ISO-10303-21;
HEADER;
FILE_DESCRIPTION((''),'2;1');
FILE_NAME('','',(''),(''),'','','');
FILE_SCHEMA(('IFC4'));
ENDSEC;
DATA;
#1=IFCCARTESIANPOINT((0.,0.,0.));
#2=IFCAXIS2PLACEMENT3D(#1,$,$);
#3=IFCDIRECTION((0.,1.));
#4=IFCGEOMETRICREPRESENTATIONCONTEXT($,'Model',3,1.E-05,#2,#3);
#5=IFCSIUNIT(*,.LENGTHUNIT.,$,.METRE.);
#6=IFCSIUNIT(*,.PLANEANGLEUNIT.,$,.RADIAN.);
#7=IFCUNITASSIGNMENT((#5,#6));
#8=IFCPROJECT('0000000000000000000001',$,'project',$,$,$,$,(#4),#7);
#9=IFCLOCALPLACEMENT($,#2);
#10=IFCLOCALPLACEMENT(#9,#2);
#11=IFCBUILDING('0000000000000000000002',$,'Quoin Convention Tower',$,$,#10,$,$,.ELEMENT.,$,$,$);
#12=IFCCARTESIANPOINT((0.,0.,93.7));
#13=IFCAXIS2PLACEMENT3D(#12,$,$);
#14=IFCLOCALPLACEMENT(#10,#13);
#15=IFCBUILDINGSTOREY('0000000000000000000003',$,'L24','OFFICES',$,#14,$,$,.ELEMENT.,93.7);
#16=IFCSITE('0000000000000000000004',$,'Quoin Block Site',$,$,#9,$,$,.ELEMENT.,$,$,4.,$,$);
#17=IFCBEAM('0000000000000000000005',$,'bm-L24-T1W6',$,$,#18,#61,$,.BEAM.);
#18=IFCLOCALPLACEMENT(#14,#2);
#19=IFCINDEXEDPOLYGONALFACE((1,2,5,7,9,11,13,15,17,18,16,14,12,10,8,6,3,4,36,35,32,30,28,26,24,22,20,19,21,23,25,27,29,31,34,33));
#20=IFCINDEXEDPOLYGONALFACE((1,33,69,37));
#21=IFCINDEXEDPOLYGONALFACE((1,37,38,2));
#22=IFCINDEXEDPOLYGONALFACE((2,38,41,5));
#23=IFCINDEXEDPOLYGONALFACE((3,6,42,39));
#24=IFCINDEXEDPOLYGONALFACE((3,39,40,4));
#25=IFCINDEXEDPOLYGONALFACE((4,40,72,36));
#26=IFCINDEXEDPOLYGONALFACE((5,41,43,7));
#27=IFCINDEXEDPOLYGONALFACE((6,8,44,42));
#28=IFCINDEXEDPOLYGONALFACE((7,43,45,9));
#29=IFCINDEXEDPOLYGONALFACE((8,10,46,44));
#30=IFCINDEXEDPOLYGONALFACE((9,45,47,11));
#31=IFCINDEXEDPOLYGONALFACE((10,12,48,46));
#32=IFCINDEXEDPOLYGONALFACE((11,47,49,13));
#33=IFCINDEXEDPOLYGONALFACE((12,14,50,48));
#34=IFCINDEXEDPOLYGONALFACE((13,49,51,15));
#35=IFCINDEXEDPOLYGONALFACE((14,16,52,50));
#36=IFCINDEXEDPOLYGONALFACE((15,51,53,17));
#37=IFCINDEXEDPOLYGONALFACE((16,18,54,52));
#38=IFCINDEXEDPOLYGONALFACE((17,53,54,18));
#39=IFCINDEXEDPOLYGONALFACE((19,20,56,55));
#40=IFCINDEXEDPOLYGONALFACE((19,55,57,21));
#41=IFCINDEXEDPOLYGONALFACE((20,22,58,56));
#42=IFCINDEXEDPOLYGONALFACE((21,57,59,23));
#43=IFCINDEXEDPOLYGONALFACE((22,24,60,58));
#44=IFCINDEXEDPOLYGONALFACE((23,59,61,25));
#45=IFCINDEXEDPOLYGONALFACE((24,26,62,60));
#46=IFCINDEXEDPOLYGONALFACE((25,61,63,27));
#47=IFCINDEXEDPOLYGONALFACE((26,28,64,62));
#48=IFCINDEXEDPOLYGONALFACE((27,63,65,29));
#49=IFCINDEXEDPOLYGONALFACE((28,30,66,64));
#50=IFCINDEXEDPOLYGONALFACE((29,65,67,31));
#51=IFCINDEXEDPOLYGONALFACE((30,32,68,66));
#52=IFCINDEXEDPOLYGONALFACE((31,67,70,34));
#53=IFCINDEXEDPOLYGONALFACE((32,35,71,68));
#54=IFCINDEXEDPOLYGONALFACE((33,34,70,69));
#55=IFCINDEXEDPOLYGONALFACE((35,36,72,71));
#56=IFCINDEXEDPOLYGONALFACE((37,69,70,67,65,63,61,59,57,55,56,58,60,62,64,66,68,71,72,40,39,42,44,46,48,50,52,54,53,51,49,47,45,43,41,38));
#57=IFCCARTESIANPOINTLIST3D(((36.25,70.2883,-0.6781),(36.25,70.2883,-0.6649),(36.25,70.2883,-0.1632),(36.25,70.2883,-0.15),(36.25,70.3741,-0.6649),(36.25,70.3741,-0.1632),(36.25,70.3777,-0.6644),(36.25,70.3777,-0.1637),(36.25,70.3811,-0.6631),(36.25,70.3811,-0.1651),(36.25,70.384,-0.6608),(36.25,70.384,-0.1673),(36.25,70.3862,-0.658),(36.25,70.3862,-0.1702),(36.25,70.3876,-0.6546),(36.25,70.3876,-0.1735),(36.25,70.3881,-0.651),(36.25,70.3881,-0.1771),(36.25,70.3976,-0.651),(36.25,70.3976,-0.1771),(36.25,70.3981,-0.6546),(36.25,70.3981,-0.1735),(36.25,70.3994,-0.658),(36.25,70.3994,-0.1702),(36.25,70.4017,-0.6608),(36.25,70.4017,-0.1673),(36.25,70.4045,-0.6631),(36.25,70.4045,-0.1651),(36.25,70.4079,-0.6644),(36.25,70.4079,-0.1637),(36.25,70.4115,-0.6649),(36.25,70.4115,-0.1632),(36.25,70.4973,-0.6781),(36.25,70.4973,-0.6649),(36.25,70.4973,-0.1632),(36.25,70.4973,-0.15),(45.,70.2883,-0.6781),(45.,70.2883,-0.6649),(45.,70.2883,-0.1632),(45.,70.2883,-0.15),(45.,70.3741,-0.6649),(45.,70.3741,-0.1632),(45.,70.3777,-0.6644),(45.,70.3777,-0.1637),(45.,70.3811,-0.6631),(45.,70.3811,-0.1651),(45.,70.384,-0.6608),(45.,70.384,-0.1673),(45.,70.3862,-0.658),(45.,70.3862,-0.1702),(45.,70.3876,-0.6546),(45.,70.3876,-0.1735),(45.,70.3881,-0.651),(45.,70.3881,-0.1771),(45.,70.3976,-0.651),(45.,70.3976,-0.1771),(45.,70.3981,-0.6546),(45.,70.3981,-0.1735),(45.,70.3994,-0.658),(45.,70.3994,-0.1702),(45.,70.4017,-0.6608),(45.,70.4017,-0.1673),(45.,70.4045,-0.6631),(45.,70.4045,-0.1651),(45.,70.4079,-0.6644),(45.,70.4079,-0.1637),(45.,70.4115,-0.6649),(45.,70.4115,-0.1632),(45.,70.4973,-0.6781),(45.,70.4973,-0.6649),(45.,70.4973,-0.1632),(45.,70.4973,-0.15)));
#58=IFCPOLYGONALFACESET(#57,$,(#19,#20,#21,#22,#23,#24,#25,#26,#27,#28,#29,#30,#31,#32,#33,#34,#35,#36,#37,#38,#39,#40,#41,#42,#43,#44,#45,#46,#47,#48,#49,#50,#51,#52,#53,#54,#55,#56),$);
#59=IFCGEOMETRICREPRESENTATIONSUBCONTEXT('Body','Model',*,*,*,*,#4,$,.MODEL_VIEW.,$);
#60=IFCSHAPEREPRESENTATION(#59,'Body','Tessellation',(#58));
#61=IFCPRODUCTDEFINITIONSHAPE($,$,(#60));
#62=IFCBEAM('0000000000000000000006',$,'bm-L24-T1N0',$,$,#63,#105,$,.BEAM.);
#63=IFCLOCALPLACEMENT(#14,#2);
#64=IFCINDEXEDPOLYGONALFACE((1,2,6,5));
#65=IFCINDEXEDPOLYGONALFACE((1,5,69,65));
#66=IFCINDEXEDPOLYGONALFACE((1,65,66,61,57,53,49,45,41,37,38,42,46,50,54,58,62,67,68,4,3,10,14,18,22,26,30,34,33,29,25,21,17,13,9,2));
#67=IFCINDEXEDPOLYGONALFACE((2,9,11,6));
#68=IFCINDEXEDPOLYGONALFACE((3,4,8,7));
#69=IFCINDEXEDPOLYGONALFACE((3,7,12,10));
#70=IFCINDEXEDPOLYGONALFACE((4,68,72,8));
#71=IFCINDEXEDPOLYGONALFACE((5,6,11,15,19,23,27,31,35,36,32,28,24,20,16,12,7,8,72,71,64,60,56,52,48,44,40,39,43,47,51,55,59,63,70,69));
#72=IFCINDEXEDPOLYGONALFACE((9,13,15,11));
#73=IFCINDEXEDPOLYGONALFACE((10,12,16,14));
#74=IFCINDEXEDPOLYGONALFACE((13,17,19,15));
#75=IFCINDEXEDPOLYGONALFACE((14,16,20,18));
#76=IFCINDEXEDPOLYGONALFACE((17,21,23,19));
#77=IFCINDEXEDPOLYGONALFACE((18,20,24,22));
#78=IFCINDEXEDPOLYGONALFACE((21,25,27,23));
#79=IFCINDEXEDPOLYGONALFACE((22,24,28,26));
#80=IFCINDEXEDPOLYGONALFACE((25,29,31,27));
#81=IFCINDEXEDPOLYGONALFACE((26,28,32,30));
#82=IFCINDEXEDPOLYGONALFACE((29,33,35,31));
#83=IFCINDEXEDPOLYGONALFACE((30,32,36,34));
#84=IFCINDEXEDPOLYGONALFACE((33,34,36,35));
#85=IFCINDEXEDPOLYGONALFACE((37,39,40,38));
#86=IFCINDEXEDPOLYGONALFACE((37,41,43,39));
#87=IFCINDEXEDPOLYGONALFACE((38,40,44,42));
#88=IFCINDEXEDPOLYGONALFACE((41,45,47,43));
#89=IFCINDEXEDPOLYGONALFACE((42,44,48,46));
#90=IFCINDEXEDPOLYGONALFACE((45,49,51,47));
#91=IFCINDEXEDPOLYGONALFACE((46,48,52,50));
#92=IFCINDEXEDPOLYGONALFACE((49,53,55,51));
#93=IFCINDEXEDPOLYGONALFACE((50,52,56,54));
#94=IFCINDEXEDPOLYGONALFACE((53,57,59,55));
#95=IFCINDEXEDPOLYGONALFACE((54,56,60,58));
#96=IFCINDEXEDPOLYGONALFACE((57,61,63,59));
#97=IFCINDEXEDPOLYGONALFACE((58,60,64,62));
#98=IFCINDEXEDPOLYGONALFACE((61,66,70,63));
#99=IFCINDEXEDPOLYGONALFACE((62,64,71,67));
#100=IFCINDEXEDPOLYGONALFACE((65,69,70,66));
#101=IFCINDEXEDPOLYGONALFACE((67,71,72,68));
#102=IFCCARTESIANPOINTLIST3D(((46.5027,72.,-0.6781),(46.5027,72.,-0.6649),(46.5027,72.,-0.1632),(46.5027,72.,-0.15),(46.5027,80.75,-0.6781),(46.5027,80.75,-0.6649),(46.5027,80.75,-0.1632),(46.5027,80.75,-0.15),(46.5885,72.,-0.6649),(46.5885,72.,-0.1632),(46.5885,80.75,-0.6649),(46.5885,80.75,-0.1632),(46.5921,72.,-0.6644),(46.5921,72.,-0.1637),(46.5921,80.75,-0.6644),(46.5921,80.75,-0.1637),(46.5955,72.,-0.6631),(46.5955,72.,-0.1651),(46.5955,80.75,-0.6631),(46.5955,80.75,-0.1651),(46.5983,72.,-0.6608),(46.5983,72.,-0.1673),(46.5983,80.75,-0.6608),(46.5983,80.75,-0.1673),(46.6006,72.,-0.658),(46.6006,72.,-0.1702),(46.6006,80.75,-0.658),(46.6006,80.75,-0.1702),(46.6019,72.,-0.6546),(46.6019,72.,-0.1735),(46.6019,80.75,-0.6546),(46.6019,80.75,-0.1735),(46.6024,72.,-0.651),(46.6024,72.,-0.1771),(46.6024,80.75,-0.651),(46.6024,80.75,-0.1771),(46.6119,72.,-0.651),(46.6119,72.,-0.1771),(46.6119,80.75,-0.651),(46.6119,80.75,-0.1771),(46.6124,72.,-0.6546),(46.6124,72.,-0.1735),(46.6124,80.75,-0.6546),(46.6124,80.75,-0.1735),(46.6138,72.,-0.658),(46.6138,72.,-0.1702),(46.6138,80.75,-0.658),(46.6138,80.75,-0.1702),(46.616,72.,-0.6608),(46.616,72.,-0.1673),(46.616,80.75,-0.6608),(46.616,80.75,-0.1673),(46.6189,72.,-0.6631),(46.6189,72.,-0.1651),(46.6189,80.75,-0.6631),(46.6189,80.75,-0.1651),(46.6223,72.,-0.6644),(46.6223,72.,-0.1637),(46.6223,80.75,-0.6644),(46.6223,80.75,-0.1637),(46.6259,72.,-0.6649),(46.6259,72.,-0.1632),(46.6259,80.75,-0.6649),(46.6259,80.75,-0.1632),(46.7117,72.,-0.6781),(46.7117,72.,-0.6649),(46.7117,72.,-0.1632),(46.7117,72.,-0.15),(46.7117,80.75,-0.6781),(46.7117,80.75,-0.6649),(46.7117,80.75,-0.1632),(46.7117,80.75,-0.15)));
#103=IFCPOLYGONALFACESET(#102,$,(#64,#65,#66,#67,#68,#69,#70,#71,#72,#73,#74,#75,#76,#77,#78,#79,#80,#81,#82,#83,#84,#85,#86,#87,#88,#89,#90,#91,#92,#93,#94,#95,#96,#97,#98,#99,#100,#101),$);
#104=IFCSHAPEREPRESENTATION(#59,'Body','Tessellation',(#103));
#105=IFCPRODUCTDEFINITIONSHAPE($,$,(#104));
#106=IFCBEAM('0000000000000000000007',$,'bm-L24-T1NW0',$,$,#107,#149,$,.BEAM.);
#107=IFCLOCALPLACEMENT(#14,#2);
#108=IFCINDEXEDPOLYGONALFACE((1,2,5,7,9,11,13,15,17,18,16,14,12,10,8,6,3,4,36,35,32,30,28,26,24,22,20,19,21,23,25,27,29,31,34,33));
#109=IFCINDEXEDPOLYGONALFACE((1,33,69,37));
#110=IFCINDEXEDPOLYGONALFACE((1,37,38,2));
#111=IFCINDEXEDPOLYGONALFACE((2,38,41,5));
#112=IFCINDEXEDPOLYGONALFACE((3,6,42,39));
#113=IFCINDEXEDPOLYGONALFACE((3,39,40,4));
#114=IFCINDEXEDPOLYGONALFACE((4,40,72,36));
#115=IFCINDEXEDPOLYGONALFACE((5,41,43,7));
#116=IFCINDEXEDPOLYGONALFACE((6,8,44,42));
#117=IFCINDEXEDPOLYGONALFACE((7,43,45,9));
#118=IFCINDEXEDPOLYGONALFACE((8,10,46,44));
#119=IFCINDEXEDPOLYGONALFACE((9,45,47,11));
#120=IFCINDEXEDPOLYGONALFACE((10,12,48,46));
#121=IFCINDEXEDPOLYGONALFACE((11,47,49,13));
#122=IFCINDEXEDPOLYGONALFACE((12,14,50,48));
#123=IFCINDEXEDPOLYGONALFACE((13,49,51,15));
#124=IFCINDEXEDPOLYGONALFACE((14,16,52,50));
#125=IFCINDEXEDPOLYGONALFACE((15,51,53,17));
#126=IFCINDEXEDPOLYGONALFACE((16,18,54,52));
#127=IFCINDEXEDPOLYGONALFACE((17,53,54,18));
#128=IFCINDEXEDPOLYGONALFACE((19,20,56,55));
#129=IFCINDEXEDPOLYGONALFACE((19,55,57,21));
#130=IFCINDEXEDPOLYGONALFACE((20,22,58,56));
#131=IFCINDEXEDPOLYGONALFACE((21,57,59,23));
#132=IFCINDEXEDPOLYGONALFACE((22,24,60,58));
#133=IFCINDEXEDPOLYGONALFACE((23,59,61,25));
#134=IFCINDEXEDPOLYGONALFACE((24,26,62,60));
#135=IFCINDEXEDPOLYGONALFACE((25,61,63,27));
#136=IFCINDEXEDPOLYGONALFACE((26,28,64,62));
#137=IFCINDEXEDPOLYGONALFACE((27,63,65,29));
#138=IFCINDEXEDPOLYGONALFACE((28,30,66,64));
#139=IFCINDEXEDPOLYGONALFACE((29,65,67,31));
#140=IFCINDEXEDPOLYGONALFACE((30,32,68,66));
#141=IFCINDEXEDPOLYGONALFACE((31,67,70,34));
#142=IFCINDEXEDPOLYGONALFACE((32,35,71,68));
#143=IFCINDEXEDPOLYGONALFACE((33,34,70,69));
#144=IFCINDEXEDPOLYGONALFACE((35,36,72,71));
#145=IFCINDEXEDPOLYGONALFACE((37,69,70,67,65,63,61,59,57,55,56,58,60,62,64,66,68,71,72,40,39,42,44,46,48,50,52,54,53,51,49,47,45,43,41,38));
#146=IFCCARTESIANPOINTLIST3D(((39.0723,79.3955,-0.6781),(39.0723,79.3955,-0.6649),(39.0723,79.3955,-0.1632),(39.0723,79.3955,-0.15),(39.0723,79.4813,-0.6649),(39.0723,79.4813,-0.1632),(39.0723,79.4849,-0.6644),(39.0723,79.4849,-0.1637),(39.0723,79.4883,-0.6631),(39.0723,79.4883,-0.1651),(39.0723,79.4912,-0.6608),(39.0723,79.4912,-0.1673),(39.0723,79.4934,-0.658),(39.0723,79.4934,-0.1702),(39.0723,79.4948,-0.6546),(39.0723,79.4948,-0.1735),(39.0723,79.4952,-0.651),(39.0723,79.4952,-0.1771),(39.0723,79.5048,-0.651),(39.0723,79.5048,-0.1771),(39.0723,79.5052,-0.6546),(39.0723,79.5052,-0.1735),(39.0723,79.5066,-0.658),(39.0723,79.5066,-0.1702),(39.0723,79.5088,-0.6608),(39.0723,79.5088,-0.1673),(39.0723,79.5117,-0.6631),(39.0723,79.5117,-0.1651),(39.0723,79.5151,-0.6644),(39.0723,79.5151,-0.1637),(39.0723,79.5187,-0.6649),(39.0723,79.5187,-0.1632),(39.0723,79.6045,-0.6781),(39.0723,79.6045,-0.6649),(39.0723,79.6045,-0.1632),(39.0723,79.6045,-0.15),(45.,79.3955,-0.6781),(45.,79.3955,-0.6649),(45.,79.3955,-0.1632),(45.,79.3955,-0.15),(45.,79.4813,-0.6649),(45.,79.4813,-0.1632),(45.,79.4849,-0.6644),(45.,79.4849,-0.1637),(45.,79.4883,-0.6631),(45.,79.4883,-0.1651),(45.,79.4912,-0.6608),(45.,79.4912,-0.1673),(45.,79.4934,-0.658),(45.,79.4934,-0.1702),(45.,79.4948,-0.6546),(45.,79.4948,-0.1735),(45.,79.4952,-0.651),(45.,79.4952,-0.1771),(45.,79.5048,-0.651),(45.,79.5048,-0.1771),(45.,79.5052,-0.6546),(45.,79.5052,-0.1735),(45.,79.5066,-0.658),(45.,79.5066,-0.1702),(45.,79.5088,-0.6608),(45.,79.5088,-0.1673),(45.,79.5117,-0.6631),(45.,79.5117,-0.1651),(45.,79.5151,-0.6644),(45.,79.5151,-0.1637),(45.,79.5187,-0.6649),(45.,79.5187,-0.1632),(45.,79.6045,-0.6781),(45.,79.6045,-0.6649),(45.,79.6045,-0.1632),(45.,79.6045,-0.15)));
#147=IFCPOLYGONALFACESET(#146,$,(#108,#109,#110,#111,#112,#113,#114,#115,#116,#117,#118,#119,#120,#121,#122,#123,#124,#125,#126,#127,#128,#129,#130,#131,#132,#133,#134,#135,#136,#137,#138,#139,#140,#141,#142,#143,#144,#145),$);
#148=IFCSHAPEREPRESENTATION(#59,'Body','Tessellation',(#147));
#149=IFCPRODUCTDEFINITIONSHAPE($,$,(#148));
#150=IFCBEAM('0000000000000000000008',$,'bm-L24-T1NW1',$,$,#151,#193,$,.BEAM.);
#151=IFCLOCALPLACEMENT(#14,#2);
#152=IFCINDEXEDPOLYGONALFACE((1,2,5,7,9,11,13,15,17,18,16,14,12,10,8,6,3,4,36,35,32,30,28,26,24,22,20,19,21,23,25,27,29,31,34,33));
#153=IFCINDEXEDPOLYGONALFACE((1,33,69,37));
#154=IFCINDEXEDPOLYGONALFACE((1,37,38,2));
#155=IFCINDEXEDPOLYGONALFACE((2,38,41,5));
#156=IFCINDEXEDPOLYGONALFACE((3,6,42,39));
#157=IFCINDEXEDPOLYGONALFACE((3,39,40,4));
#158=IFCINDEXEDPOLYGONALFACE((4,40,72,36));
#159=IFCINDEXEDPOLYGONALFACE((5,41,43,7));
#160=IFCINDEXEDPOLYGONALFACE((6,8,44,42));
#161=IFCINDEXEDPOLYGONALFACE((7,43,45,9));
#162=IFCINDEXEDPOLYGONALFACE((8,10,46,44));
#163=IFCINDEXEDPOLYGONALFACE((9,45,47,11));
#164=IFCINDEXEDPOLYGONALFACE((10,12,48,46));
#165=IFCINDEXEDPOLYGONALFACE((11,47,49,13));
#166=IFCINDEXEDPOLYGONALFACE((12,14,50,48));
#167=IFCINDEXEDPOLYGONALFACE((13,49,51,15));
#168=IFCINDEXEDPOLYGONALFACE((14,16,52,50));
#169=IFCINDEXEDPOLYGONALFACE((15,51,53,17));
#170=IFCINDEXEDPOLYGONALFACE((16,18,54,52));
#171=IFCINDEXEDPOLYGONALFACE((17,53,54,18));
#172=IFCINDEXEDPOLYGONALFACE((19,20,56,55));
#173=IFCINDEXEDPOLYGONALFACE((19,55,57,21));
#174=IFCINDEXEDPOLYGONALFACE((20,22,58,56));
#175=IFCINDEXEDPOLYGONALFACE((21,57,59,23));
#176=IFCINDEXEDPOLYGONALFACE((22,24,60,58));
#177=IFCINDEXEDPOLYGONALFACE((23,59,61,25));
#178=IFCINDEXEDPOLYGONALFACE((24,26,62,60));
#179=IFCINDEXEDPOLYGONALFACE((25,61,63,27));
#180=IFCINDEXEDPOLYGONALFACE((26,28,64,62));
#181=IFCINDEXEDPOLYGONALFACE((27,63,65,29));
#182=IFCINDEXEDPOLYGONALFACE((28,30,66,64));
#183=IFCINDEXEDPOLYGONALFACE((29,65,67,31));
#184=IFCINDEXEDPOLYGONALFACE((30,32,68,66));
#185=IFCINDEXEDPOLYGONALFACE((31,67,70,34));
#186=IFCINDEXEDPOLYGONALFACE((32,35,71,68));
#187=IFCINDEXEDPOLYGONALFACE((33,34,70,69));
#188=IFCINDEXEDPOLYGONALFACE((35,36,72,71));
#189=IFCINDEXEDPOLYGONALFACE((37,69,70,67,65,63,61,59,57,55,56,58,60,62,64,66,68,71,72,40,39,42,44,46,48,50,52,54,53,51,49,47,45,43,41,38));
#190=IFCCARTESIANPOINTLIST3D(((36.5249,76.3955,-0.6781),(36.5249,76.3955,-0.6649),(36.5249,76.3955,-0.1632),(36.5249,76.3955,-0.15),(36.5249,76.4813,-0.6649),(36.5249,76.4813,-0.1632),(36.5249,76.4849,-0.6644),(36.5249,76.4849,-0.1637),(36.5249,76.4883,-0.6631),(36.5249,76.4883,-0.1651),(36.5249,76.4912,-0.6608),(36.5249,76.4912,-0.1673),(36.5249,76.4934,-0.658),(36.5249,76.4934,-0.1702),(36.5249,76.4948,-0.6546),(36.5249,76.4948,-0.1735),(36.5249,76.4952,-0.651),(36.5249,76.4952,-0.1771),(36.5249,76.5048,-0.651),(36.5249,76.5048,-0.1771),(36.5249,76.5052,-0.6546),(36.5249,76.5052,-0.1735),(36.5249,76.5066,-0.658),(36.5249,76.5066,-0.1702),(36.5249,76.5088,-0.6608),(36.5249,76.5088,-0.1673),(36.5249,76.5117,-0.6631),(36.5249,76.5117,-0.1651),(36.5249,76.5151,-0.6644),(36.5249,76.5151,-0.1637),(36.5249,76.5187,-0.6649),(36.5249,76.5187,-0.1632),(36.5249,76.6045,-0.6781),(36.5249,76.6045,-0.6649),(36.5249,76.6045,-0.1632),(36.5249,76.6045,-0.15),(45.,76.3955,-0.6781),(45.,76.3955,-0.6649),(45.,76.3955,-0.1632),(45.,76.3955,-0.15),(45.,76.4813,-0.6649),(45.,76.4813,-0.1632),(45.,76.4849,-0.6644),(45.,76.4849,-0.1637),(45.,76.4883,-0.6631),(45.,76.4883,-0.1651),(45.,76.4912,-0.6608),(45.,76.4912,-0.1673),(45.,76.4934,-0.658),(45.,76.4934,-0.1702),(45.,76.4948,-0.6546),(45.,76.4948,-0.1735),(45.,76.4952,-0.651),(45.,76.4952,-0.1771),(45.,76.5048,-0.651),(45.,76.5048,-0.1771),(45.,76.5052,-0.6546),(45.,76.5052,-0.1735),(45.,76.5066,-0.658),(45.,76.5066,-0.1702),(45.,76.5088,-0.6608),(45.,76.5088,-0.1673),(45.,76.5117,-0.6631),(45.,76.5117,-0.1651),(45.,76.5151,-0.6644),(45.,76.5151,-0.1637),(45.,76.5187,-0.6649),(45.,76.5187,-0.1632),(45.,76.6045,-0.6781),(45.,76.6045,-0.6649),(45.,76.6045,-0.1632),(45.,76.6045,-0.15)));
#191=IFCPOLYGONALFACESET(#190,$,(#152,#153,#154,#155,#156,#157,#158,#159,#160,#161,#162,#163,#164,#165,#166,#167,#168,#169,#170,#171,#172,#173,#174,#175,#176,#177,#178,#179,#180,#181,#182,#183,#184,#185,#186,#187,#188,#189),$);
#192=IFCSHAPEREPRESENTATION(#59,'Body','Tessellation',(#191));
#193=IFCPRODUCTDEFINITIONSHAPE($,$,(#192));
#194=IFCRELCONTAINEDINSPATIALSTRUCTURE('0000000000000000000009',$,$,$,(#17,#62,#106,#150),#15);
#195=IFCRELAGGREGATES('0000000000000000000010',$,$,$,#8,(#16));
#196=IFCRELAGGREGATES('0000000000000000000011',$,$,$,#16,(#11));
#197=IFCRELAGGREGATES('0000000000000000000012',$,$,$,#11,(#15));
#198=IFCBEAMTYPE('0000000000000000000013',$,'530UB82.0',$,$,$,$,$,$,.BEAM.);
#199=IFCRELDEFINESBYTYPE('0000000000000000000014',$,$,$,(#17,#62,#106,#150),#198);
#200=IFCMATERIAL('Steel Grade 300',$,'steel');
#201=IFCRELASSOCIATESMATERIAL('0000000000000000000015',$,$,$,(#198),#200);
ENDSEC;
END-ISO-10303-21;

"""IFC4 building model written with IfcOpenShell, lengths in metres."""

from ifc_helpers import new_model, si_unit, direction, frame, origin, origin_2d, place, context, subcontext, project, spatial, i_section, extrude, material, material_profile, profile_set, type_object, element, save


model = new_model("IFC4")

# Units and contexts
model_context = context("Model", 3, precision=1e-05, world=origin(), true_north=direction((0.0, 1.0)))
body_context = subcontext(model_context, "Body", "Model", "MODEL_VIEW")
ifc_project = project(units=[si_unit("LENGTHUNIT", "METRE"), si_unit("PLANEANGLEUNIT", "RADIAN")], contexts=[model_context])

# Site, building, storey
site_placement = place(None, origin())
site = spatial("IfcSite", under=ifc_project, at=site_placement, Name="Quoin Block Site", CompositionType="ELEMENT", RefElevation=4.0)
building_placement = place(site_placement, origin())
building = spatial("IfcBuilding", under=site, at=building_placement, Name="Quoin Convention Tower", CompositionType="ELEMENT")
storey_placement = place(building_placement, frame((0.0, 0.0, 93.7)))
storey = spatial("IfcBuildingStorey", under=building, at=storey_placement, Name="L24", Description="OFFICES", CompositionType="ELEMENT", Elevation=93.7)

# Beams
ifc_material_1 = material(Name="Steel Grade 300", Category="steel")
ifc_material_profile_1 = material_profile(ifc_material_1, i_section(OverallWidth=0.209, OverallDepth=0.5281, WebThickness=0.0095, FlangeThickness=0.0132, FilletRadius=0.0139, at=origin_2d()), Name="530UB82.0")
ifc_profile_set_1 = profile_set([ifc_material_profile_1], Name="Steel Grade 300")
beam_type_1 = type_object("IfcBeamType", Name="530UB82.0", PredefinedType="BEAM", material=ifc_profile_set_1)
for number, where, z_axis, x_axis, name in (
    (1, (36.25, 70.3928, -0.4141), (1.0, 0.0, 0.0), (0.0, 1.0, 0.0), "bm-L24-T1W6"),
    (2, (46.6072, 72.0, -0.4141), (0.0, 1.0, 0.0), (-1.0, 0.0, 0.0), "bm-L24-T1N0"),
):
    element("IfcBeam", number, at=place(storey_placement, frame(where, z_axis=z_axis, x_axis=x_axis)), inside=storey, type_object=beam_type_1, Name=name, PredefinedType="BEAM", context=body_context, shape_type="SweptSolid", body=[
        extrude(i_section(OverallWidth=0.209, OverallDepth=0.5281, WebThickness=0.0095, FlangeThickness=0.0132, FilletRadius=0.0139, at=origin_2d()), origin(), (0.0, 0.0, 1.0), 8.75),
    ])
beam_1_placement = place(storey_placement, frame((39.0723, 79.5, -0.4141), z_axis=(1.0, 0.0, 0.0), x_axis=(0.0, 1.0, 0.0)))
element("IfcBeam", 3, at=beam_1_placement, inside=storey, type_object=beam_type_1, Name="bm-L24-T1NW0", PredefinedType="BEAM", context=body_context, shape_type="SweptSolid", body=[
    extrude(i_section(OverallWidth=0.209, OverallDepth=0.5281, WebThickness=0.0095, FlangeThickness=0.0132, FilletRadius=0.0139, at=origin_2d()), origin(), (0.0, 0.0, 1.0), 5.9277),
])
beam_2_placement = place(storey_placement, frame((36.5249, 76.5, -0.4141), z_axis=(1.0, 0.0, 0.0), x_axis=(0.0, 1.0, 0.0)))
element("IfcBeam", 4, at=beam_2_placement, inside=storey, type_object=beam_type_1, Name="bm-L24-T1NW1", PredefinedType="BEAM", context=body_context, shape_type="SweptSolid", body=[
    extrude(i_section(OverallWidth=0.209, OverallDepth=0.5281, WebThickness=0.0095, FlangeThickness=0.0132, FilletRadius=0.0139, at=origin_2d()), origin(), (0.0, 0.0, 1.0), 8.4751),
])

save(model, "model.ifc")
